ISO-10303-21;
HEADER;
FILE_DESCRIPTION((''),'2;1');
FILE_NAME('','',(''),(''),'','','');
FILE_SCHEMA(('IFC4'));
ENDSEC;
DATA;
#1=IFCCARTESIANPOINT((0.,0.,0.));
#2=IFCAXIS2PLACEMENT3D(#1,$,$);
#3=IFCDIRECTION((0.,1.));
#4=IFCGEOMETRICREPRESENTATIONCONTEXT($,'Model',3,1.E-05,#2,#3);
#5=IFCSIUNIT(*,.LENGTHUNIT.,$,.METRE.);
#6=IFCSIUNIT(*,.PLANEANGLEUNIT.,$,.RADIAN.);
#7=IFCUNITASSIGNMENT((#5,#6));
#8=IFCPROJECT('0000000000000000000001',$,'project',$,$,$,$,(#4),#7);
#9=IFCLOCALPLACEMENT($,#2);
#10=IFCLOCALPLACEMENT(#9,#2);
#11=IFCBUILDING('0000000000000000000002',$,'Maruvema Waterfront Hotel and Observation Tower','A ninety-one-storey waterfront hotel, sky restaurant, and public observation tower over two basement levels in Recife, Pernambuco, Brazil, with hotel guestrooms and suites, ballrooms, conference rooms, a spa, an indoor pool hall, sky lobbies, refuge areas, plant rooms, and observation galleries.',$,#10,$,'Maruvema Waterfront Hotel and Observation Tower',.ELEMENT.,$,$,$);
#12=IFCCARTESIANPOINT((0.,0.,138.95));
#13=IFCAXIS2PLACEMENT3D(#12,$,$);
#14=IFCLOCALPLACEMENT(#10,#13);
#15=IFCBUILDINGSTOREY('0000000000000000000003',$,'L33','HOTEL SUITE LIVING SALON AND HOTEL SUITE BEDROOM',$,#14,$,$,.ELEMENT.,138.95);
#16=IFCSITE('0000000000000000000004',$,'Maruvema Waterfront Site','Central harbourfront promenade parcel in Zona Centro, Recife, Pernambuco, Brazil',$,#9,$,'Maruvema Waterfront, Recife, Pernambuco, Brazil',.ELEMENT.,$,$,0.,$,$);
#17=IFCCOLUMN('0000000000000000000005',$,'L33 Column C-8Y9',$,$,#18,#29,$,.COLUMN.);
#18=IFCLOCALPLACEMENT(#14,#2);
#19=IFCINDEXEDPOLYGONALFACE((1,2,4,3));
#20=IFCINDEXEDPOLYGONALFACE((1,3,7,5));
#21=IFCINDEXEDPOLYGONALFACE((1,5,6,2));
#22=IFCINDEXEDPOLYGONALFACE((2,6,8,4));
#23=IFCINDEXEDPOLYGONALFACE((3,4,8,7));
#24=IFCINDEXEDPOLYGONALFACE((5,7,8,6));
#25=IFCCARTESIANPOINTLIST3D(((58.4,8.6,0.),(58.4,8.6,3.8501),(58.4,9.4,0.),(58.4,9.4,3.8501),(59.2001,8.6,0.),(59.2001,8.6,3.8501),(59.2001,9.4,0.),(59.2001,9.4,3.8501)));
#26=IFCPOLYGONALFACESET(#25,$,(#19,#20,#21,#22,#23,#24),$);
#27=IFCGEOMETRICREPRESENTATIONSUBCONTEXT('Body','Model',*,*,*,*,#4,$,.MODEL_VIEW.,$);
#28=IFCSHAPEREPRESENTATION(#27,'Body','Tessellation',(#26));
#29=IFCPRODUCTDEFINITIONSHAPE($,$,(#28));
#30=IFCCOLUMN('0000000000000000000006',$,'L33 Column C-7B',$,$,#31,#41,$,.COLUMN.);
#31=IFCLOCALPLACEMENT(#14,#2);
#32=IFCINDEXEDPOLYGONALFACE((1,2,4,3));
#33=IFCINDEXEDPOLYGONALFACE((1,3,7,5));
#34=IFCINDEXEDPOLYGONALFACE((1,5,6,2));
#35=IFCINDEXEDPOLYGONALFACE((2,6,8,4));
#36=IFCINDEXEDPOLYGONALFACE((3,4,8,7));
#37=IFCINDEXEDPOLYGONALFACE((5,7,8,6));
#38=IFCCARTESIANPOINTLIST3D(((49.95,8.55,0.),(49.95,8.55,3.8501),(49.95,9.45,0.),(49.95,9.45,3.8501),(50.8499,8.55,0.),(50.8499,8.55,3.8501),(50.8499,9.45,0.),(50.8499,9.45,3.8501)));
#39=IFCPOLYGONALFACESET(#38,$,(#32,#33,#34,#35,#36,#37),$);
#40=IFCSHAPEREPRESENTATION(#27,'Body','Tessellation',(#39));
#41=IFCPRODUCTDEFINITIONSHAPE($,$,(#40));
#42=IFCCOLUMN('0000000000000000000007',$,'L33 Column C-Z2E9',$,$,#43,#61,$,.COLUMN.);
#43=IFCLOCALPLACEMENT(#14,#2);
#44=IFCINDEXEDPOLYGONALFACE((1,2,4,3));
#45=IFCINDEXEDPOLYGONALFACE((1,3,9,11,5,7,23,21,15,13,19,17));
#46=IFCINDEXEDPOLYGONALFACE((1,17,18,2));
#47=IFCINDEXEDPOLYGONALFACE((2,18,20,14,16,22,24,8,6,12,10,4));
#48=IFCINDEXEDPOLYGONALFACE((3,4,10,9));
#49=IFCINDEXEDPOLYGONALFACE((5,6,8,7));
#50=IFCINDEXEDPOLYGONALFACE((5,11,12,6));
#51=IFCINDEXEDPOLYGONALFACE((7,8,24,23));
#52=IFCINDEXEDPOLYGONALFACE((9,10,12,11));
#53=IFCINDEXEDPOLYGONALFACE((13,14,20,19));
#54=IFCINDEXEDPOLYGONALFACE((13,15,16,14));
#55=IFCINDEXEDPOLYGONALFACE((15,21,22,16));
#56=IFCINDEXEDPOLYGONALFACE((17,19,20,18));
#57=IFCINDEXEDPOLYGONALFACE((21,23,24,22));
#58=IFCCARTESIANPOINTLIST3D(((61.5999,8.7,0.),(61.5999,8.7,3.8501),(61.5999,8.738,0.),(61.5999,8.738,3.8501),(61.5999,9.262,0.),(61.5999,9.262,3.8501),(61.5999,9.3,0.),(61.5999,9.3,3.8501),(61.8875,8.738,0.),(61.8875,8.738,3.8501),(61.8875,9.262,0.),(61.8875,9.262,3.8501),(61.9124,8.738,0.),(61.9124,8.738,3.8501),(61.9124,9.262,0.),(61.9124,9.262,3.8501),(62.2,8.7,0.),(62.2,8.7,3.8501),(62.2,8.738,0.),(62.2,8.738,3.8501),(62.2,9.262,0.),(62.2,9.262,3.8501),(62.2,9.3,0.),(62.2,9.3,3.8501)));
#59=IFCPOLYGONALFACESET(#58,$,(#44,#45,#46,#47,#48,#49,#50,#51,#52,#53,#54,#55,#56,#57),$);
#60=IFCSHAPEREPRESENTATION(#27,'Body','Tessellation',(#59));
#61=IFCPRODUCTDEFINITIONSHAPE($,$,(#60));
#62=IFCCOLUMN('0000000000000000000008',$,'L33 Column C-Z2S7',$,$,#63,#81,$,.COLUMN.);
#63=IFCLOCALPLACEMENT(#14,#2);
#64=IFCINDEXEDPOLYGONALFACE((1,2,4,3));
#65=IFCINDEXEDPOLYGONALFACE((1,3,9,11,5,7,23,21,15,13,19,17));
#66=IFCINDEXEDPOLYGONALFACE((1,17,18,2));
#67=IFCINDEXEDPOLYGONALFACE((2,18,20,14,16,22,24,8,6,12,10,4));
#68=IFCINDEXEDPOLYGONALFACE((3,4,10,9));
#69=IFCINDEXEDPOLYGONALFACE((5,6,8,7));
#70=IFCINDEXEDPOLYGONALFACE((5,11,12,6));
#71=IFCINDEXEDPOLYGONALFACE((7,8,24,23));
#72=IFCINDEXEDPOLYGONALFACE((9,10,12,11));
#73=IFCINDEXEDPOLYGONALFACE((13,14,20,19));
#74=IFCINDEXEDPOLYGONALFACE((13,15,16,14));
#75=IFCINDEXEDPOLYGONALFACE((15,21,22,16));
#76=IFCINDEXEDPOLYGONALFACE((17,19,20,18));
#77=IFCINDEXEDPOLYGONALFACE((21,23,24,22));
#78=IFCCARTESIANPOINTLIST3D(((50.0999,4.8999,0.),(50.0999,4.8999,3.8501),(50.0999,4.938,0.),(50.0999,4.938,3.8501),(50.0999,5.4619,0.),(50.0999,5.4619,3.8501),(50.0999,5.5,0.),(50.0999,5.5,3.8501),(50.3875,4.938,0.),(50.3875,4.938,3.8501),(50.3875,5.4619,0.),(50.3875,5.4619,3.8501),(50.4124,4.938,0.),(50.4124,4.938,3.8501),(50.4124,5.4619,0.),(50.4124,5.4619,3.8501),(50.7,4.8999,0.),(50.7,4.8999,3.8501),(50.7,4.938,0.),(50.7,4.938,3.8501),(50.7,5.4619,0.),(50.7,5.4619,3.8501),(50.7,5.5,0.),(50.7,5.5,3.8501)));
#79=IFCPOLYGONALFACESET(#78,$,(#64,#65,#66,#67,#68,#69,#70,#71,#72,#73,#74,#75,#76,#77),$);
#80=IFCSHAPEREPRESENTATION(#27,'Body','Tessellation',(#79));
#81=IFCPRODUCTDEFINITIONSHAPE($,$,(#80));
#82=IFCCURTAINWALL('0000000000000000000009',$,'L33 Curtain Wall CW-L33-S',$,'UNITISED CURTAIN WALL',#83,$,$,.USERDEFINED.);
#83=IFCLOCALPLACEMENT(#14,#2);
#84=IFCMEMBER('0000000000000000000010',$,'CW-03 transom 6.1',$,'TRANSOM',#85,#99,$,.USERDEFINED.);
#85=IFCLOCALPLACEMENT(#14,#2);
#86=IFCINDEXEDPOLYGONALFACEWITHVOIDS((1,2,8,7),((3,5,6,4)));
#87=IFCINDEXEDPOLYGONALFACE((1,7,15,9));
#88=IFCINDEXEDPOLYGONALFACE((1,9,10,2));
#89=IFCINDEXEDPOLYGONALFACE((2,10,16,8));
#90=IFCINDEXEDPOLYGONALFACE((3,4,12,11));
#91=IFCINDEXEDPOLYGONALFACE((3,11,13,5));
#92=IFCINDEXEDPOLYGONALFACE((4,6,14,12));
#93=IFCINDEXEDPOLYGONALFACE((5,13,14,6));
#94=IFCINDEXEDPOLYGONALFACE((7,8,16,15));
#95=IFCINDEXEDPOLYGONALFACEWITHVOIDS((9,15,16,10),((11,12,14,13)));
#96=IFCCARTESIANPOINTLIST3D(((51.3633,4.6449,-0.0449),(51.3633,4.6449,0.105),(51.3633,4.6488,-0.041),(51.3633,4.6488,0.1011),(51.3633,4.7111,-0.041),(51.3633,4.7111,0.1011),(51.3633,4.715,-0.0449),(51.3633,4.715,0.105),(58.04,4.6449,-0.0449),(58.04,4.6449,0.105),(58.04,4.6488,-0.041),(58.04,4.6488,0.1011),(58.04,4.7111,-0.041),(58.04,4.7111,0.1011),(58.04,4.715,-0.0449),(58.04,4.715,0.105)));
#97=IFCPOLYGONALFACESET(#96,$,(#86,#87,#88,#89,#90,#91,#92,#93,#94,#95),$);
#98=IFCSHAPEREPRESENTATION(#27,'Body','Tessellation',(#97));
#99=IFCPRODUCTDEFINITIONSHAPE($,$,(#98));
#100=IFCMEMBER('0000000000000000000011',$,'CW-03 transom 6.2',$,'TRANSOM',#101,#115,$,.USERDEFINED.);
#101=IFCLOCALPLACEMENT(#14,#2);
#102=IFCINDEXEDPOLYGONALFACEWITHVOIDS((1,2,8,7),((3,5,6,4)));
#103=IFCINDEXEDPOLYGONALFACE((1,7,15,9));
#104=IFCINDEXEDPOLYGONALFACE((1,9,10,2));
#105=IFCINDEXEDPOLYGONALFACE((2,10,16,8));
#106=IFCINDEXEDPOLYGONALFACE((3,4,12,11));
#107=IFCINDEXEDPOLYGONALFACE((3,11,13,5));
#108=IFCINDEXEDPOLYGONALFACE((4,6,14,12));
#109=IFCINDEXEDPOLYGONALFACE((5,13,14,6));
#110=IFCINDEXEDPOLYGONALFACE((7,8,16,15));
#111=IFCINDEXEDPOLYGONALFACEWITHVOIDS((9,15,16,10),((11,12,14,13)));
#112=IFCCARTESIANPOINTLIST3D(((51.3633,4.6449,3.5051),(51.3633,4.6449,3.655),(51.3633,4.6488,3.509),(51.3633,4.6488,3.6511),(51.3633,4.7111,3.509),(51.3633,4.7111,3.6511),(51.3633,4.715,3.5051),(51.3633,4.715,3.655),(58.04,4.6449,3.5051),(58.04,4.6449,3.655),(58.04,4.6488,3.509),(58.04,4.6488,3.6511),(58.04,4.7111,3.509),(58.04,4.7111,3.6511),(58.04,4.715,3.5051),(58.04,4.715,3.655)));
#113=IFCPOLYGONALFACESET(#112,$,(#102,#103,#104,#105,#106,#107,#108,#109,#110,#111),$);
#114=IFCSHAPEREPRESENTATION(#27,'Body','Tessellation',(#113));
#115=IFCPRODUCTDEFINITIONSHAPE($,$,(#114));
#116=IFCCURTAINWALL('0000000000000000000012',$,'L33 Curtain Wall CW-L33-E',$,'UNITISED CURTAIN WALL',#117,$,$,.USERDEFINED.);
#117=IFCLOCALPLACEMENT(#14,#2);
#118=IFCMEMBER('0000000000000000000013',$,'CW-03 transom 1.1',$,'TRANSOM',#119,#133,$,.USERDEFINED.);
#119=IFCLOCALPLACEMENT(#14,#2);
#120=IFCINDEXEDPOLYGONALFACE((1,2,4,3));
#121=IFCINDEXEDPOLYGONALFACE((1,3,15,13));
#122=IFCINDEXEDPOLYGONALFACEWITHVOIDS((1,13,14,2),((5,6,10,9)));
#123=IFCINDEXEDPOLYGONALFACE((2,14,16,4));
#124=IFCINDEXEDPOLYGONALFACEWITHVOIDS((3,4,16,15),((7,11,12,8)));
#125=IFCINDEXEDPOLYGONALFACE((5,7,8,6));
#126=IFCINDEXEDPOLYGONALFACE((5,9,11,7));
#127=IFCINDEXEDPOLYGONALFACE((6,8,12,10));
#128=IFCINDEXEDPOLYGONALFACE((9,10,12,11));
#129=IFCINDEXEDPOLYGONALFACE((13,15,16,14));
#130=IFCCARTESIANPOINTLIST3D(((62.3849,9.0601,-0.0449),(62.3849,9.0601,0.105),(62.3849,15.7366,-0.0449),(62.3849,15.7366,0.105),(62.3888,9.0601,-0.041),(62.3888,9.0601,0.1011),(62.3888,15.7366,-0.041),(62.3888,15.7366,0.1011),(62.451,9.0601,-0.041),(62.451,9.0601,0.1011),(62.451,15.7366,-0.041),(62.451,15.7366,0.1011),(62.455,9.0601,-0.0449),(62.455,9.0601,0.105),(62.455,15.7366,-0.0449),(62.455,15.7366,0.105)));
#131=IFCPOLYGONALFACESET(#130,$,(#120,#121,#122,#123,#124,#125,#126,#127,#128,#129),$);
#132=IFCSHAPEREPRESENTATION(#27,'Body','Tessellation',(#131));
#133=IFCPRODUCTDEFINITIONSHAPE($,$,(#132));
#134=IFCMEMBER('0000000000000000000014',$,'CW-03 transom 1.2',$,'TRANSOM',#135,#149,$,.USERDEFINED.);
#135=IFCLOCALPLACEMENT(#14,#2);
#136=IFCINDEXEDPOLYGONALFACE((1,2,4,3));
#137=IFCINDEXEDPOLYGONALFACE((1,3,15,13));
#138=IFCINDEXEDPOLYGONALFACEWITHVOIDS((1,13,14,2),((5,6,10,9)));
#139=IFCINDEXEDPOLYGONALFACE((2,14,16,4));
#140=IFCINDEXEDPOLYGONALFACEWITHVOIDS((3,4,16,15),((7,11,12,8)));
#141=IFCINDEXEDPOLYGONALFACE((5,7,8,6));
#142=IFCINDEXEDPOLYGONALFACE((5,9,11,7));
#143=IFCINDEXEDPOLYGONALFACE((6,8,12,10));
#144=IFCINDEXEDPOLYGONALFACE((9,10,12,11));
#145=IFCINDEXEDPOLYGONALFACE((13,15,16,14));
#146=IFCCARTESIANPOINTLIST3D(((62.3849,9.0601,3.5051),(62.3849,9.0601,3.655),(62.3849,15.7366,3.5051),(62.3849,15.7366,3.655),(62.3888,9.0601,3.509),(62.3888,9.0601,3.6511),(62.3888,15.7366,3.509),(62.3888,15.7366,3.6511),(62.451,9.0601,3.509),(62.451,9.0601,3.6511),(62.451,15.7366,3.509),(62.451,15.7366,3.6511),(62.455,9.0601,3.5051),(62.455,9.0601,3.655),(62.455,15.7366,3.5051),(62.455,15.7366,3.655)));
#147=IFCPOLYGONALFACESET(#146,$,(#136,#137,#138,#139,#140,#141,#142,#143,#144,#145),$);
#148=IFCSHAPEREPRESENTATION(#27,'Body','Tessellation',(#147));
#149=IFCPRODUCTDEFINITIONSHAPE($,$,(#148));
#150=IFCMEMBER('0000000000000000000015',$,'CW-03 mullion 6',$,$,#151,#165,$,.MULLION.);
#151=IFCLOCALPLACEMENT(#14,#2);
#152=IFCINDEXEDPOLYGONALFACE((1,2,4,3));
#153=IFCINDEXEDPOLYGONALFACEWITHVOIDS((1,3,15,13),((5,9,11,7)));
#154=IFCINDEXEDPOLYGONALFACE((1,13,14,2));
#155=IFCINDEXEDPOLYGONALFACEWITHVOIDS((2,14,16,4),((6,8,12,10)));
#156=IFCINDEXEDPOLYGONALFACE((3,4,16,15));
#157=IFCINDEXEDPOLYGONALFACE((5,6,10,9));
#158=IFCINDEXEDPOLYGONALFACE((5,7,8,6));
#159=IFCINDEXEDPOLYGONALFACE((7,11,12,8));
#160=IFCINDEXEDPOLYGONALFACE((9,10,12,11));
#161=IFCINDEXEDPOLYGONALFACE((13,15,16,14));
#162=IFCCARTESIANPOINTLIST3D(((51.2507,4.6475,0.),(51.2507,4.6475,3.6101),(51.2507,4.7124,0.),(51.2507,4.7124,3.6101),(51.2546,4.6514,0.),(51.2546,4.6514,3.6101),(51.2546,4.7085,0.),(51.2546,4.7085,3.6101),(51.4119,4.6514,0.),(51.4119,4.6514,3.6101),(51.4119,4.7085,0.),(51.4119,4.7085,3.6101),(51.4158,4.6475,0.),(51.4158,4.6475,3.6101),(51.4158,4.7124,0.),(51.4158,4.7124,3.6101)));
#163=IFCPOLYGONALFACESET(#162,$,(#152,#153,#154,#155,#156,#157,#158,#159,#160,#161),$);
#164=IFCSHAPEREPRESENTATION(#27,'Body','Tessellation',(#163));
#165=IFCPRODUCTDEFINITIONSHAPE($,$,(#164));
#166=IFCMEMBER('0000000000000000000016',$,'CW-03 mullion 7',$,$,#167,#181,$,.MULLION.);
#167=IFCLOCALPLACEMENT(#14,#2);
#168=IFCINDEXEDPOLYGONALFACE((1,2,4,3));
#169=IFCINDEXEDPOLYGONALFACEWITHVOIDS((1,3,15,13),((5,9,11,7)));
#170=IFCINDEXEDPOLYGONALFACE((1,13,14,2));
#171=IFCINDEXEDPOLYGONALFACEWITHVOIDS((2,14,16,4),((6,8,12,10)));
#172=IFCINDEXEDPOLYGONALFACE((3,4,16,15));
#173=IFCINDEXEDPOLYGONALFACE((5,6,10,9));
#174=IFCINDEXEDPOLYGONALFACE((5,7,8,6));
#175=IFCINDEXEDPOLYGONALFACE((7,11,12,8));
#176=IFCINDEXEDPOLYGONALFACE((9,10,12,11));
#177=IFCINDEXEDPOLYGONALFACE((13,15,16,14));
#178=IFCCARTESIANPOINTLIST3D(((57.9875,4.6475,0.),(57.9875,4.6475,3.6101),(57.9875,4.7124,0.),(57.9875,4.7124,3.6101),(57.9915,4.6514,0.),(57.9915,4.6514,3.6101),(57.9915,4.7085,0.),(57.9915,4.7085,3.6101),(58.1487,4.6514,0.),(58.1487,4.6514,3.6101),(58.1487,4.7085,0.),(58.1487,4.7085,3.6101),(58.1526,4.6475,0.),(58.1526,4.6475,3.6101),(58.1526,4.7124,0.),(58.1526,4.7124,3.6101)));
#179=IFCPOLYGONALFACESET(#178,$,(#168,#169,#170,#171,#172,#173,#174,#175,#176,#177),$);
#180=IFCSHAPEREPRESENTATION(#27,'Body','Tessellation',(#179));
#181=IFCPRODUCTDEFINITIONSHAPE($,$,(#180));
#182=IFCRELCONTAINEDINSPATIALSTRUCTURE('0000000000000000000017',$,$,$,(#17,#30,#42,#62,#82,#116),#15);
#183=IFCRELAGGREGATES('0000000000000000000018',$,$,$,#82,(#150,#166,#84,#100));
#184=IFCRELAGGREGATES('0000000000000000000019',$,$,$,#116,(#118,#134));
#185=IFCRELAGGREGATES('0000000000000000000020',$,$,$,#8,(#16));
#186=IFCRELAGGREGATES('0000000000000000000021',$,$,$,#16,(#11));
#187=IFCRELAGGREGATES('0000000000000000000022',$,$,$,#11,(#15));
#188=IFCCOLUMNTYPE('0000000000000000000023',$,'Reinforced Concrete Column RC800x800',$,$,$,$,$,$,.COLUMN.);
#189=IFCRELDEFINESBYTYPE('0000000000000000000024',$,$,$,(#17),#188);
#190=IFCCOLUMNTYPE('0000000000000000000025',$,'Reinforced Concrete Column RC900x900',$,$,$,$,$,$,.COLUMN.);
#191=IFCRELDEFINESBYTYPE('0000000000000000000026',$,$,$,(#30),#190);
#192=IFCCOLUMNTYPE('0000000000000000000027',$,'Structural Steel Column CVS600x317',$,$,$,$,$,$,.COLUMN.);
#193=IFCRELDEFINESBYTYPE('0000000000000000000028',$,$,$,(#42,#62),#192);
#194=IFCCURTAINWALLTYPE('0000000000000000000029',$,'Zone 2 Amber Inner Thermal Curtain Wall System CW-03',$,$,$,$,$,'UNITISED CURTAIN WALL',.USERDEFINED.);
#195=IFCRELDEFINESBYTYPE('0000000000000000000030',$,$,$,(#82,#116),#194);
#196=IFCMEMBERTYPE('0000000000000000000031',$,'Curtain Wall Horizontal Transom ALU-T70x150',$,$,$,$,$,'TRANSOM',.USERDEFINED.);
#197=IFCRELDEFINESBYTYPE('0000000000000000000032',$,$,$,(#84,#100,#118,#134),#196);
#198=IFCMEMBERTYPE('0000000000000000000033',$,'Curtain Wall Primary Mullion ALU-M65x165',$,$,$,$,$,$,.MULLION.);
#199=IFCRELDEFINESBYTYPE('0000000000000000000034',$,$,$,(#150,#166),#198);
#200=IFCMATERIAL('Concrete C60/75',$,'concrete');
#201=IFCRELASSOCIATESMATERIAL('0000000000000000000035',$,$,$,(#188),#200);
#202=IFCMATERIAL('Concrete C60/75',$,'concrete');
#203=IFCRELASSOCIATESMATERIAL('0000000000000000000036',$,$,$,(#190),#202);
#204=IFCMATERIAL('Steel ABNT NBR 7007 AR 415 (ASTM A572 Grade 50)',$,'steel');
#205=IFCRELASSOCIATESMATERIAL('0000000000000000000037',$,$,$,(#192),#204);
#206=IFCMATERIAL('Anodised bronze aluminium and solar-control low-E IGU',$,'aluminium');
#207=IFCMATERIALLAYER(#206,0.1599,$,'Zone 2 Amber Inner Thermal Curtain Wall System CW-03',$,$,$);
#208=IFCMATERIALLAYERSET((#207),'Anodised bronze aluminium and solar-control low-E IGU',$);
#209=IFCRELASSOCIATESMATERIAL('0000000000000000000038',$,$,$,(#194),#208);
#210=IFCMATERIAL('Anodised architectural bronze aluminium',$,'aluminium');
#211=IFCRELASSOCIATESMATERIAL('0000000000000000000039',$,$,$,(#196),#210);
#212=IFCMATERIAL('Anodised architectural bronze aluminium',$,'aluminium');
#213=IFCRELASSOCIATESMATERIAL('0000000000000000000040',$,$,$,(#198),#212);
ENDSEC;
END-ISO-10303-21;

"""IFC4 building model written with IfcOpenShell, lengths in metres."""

from ifc_helpers import new_model, si_unit, direction, frame, origin, origin_2d, place, context, subcontext, project, spatial, rectangle, hollow_rectangle, i_section, extrude, material, layer, layer_set, material_profile, profile_set, type_object, element, aggregate, save


model = new_model("IFC4")

# Units and contexts
model_context = context("Model", 3, precision=1e-05, world=origin(), true_north=direction((0.0, 1.0)))
body_context = subcontext(model_context, "Body", "Model", "MODEL_VIEW")
ifc_project = project(units=[si_unit("LENGTHUNIT", "METRE"), si_unit("PLANEANGLEUNIT", "RADIAN")], contexts=[model_context])

# Site, building, storey
site_placement = place(None, origin())
site = spatial("IfcSite", under=ifc_project, at=site_placement, Name="Maruvema Waterfront Site", Description="Central harbourfront promenade parcel in Zona Centro, Recife, Pernambuco, Brazil", LongName="Maruvema Waterfront, Recife, Pernambuco, Brazil", CompositionType="ELEMENT", RefElevation=0.0)
building_placement = place(site_placement, origin())
building = spatial("IfcBuilding", under=site, at=building_placement, Name="Maruvema Waterfront Hotel and Observation Tower", Description="A ninety-one-storey waterfront hotel, sky restaurant, and public observation tower over two basement levels in Recife, Pernambuco, Brazil, with hotel guestrooms and suites, ballrooms, conference rooms, a spa, an indoor pool hall, sky lobbies, refuge areas, plant rooms, and observation galleries.", LongName="Maruvema Waterfront Hotel and Observation Tower", CompositionType="ELEMENT")
storey_placement = place(building_placement, frame((0.0, 0.0, 138.95)))
storey = spatial("IfcBuildingStorey", under=building, at=storey_placement, Name="L33", Description="HOTEL SUITE LIVING SALON AND HOTEL SUITE BEDROOM", CompositionType="ELEMENT", Elevation=138.95)

# Columns
ifc_material_1 = material(Name="Concrete C60/75", Category="concrete")
ifc_material_profile_1 = material_profile(ifc_material_1, rectangle(XDim=0.8, YDim=0.8, at=origin_2d()), Name="RC800x800")
ifc_profile_set_1 = profile_set([ifc_material_profile_1], Name="Concrete C60/75")
column_type_1 = type_object("IfcColumnType", Name="Reinforced Concrete Column RC800x800", PredefinedType="COLUMN", material=ifc_profile_set_1)
column_1_placement = place(storey_placement, frame((58.8, 9.0, 0.0), z_axis=(0.0, 0.0, 1.0), x_axis=(1.0, 0.0, 0.0)))
element("IfcColumn", 1, at=column_1_placement, inside=storey, type_object=column_type_1, Name="L33 Column C-8Y9", PredefinedType="COLUMN", context=body_context, shape_type="SweptSolid", body=[
    extrude(rectangle(XDim=0.8, YDim=0.8, at=origin_2d()), origin(), (0.0, 0.0, 1.0), 3.8501),
])
ifc_material_2 = material(Name="Concrete C60/75", Category="concrete")
ifc_material_profile_2 = material_profile(ifc_material_2, rectangle(XDim=0.8999, YDim=0.8999, at=origin_2d()), Name="RC900x900")
ifc_profile_set_2 = profile_set([ifc_material_profile_2], Name="Concrete C60/75")
column_type_2 = type_object("IfcColumnType", Name="Reinforced Concrete Column RC900x900", PredefinedType="COLUMN", material=ifc_profile_set_2)
column_2_placement = place(storey_placement, frame((50.3999, 9.0, 0.0), z_axis=(0.0, 0.0, 1.0), x_axis=(1.0, 0.0, 0.0)))
element("IfcColumn", 2, at=column_2_placement, inside=storey, type_object=column_type_2, Name="L33 Column C-7B", PredefinedType="COLUMN", context=body_context, shape_type="SweptSolid", body=[
    extrude(rectangle(XDim=0.8999, YDim=0.8999, at=origin_2d()), origin(), (0.0, 0.0, 1.0), 3.8501),
])
ifc_material_3 = material(Name="Steel ABNT NBR 7007 AR 415 (ASTM A572 Grade 50)", Category="steel")
ifc_material_profile_3 = material_profile(ifc_material_3, i_section(OverallWidth=0.6001, OverallDepth=0.6001, WebThickness=0.0249, FlangeThickness=0.0381, at=origin_2d()), Name="CVS600x317")
ifc_profile_set_3 = profile_set([ifc_material_profile_3], Name="Steel ABNT NBR 7007 AR 415 (ASTM A572 Grade 50)")
column_type_3 = type_object("IfcColumnType", Name="Structural Steel Column CVS600x317", PredefinedType="COLUMN", material=ifc_profile_set_3)
for number, where, z_axis, x_axis, name in (
    (3, (61.8999, 9.0, 0.0), (0.0, 0.0, 1.0), (1.0, 0.0, 0.0), "L33 Column C-Z2E9"),
    (4, (50.3999, 5.2, 0.0), (0.0, 0.0, 1.0), (1.0, 0.0, 0.0), "L33 Column C-Z2S7"),
):
    element("IfcColumn", number, at=place(storey_placement, frame(where, z_axis=z_axis, x_axis=x_axis)), inside=storey, type_object=column_type_3, Name=name, PredefinedType="COLUMN", context=body_context, shape_type="SweptSolid", body=[
        extrude(i_section(OverallWidth=0.6001, OverallDepth=0.6001, WebThickness=0.0249, FlangeThickness=0.0381, at=origin_2d()), origin(), (0.0, 0.0, 1.0), 3.8501),
    ])

# Curtain walls, members
ifc_material_4 = material(Name="Anodised bronze aluminium and solar-control low-E IGU", Category="aluminium")
ifc_layer_1 = layer(ifc_material_4, 0.1599, Name="Zone 2 Amber Inner Thermal Curtain Wall System CW-03")
ifc_layer_set_1 = layer_set([ifc_layer_1], Name="Anodised bronze aluminium and solar-control low-E IGU")
curtain_wall_type = type_object("IfcCurtainWallType", Name="Zone 2 Amber Inner Thermal Curtain Wall System CW-03", ElementType="UNITISED CURTAIN WALL", PredefinedType="USERDEFINED", material=ifc_layer_set_1)
curtain_wall_1_placement = place(storey_placement, origin())
curtain_wall_1 = element("IfcCurtainWall", 5, at=curtain_wall_1_placement, inside=storey, type_object=curtain_wall_type, Name="L33 Curtain Wall CW-L33-S", ObjectType="UNITISED CURTAIN WALL", PredefinedType="USERDEFINED")
ifc_material_5 = material(Name="Anodised architectural bronze aluminium", Category="aluminium")
ifc_material_profile_4 = material_profile(ifc_material_5, hollow_rectangle(XDim=0.0701, YDim=0.1499, WallThickness=0.0039, at=origin_2d()), Name="ALU-T70x150")
ifc_profile_set_4 = profile_set([ifc_material_profile_4], Name="Anodised architectural bronze aluminium")
member_type_1 = type_object("IfcMemberType", Name="Curtain Wall Horizontal Transom ALU-T70x150", ElementType="TRANSOM", PredefinedType="USERDEFINED", material=ifc_profile_set_4)
member_1_placement = place(storey_placement, frame((51.3633, 4.6799, 0.03), z_axis=(1.0, 0.0, 0.0), x_axis=(0.0, 1.0, 0.0)))
member_1 = element("IfcMember", 6, at=member_1_placement, type_object=member_type_1, Name="CW-03 transom 6.1", ObjectType="TRANSOM", PredefinedType="USERDEFINED", context=body_context, shape_type="SweptSolid", body=[
    extrude(hollow_rectangle(XDim=0.0701, YDim=0.1499, WallThickness=0.0039, at=origin_2d()), origin(), (0.0, 0.0, 1.0), 6.6768),
])
member_2_placement = place(storey_placement, frame((51.3633, 4.6799, 3.5801), z_axis=(1.0, 0.0, 0.0), x_axis=(0.0, 1.0, 0.0)))
member_2 = element("IfcMember", 7, at=member_2_placement, type_object=member_type_1, Name="CW-03 transom 6.2", ObjectType="TRANSOM", PredefinedType="USERDEFINED", context=body_context, shape_type="SweptSolid", body=[
    extrude(hollow_rectangle(XDim=0.0701, YDim=0.1499, WallThickness=0.0039, at=origin_2d()), origin(), (0.0, 0.0, 1.0), 6.6768),
])
curtain_wall_2_placement = place(storey_placement, origin())
curtain_wall_2 = element("IfcCurtainWall", 8, at=curtain_wall_2_placement, inside=storey, type_object=curtain_wall_type, Name="L33 Curtain Wall CW-L33-E", ObjectType="UNITISED CURTAIN WALL", PredefinedType="USERDEFINED")
member_3_placement = place(storey_placement, frame((62.4199, 9.0601, 0.03), z_axis=(0.0, 1.0, 0.0), x_axis=(-1.0, 0.0, 0.0)))
member_3 = element("IfcMember", 9, at=member_3_placement, type_object=member_type_1, Name="CW-03 transom 1.1", ObjectType="TRANSOM", PredefinedType="USERDEFINED", context=body_context, shape_type="SweptSolid", body=[
    extrude(hollow_rectangle(XDim=0.0701, YDim=0.1499, WallThickness=0.0039, at=origin_2d()), origin(), (0.0, 0.0, 1.0), 6.6765),
])
member_4_placement = place(storey_placement, frame((62.4199, 9.0601, 3.5801), z_axis=(0.0, 1.0, 0.0), x_axis=(-1.0, 0.0, 0.0)))
member_4 = element("IfcMember", 10, at=member_4_placement, type_object=member_type_1, Name="CW-03 transom 1.2", ObjectType="TRANSOM", PredefinedType="USERDEFINED", context=body_context, shape_type="SweptSolid", body=[
    extrude(hollow_rectangle(XDim=0.0701, YDim=0.1499, WallThickness=0.0039, at=origin_2d()), origin(), (0.0, 0.0, 1.0), 6.6765),
])

# Members
ifc_material_6 = material(Name="Anodised architectural bronze aluminium", Category="aluminium")
ifc_material_profile_5 = material_profile(ifc_material_6, hollow_rectangle(XDim=0.0649, YDim=0.165, WallThickness=0.0039, at=origin_2d()), Name="ALU-M65x165")
ifc_profile_set_5 = profile_set([ifc_material_profile_5], Name="Anodised architectural bronze aluminium")
member_type_2 = type_object("IfcMemberType", Name="Curtain Wall Primary Mullion ALU-M65x165", PredefinedType="MULLION", material=ifc_profile_set_5)
member_5_placement = place(storey_placement, frame((51.3333, 4.6799, 0.0), z_axis=(0.0, 0.0, 1.0), x_axis=(0.0, 1.0, 0.0)))
member_5 = element("IfcMember", 11, at=member_5_placement, type_object=member_type_2, Name="CW-03 mullion 6", PredefinedType="MULLION", context=body_context, shape_type="SweptSolid", body=[
    extrude(hollow_rectangle(XDim=0.0649, YDim=0.165, WallThickness=0.0039, at=origin_2d()), origin(), (0.0, 0.0, 1.0), 3.6101),
])
member_6_placement = place(storey_placement, frame((58.0701, 4.6799, 0.0), z_axis=(0.0, 0.0, 1.0), x_axis=(0.0, 1.0, 0.0)))
member_6 = element("IfcMember", 12, at=member_6_placement, type_object=member_type_2, Name="CW-03 mullion 7", PredefinedType="MULLION", context=body_context, shape_type="SweptSolid", body=[
    extrude(hollow_rectangle(XDim=0.0649, YDim=0.165, WallThickness=0.0039, at=origin_2d()), origin(), (0.0, 0.0, 1.0), 3.6101),
])

aggregate(curtain_wall_1, [member_5, member_6, member_1, member_2])
aggregate(curtain_wall_2, [member_3, member_4])

save(model, "model.ifc")
